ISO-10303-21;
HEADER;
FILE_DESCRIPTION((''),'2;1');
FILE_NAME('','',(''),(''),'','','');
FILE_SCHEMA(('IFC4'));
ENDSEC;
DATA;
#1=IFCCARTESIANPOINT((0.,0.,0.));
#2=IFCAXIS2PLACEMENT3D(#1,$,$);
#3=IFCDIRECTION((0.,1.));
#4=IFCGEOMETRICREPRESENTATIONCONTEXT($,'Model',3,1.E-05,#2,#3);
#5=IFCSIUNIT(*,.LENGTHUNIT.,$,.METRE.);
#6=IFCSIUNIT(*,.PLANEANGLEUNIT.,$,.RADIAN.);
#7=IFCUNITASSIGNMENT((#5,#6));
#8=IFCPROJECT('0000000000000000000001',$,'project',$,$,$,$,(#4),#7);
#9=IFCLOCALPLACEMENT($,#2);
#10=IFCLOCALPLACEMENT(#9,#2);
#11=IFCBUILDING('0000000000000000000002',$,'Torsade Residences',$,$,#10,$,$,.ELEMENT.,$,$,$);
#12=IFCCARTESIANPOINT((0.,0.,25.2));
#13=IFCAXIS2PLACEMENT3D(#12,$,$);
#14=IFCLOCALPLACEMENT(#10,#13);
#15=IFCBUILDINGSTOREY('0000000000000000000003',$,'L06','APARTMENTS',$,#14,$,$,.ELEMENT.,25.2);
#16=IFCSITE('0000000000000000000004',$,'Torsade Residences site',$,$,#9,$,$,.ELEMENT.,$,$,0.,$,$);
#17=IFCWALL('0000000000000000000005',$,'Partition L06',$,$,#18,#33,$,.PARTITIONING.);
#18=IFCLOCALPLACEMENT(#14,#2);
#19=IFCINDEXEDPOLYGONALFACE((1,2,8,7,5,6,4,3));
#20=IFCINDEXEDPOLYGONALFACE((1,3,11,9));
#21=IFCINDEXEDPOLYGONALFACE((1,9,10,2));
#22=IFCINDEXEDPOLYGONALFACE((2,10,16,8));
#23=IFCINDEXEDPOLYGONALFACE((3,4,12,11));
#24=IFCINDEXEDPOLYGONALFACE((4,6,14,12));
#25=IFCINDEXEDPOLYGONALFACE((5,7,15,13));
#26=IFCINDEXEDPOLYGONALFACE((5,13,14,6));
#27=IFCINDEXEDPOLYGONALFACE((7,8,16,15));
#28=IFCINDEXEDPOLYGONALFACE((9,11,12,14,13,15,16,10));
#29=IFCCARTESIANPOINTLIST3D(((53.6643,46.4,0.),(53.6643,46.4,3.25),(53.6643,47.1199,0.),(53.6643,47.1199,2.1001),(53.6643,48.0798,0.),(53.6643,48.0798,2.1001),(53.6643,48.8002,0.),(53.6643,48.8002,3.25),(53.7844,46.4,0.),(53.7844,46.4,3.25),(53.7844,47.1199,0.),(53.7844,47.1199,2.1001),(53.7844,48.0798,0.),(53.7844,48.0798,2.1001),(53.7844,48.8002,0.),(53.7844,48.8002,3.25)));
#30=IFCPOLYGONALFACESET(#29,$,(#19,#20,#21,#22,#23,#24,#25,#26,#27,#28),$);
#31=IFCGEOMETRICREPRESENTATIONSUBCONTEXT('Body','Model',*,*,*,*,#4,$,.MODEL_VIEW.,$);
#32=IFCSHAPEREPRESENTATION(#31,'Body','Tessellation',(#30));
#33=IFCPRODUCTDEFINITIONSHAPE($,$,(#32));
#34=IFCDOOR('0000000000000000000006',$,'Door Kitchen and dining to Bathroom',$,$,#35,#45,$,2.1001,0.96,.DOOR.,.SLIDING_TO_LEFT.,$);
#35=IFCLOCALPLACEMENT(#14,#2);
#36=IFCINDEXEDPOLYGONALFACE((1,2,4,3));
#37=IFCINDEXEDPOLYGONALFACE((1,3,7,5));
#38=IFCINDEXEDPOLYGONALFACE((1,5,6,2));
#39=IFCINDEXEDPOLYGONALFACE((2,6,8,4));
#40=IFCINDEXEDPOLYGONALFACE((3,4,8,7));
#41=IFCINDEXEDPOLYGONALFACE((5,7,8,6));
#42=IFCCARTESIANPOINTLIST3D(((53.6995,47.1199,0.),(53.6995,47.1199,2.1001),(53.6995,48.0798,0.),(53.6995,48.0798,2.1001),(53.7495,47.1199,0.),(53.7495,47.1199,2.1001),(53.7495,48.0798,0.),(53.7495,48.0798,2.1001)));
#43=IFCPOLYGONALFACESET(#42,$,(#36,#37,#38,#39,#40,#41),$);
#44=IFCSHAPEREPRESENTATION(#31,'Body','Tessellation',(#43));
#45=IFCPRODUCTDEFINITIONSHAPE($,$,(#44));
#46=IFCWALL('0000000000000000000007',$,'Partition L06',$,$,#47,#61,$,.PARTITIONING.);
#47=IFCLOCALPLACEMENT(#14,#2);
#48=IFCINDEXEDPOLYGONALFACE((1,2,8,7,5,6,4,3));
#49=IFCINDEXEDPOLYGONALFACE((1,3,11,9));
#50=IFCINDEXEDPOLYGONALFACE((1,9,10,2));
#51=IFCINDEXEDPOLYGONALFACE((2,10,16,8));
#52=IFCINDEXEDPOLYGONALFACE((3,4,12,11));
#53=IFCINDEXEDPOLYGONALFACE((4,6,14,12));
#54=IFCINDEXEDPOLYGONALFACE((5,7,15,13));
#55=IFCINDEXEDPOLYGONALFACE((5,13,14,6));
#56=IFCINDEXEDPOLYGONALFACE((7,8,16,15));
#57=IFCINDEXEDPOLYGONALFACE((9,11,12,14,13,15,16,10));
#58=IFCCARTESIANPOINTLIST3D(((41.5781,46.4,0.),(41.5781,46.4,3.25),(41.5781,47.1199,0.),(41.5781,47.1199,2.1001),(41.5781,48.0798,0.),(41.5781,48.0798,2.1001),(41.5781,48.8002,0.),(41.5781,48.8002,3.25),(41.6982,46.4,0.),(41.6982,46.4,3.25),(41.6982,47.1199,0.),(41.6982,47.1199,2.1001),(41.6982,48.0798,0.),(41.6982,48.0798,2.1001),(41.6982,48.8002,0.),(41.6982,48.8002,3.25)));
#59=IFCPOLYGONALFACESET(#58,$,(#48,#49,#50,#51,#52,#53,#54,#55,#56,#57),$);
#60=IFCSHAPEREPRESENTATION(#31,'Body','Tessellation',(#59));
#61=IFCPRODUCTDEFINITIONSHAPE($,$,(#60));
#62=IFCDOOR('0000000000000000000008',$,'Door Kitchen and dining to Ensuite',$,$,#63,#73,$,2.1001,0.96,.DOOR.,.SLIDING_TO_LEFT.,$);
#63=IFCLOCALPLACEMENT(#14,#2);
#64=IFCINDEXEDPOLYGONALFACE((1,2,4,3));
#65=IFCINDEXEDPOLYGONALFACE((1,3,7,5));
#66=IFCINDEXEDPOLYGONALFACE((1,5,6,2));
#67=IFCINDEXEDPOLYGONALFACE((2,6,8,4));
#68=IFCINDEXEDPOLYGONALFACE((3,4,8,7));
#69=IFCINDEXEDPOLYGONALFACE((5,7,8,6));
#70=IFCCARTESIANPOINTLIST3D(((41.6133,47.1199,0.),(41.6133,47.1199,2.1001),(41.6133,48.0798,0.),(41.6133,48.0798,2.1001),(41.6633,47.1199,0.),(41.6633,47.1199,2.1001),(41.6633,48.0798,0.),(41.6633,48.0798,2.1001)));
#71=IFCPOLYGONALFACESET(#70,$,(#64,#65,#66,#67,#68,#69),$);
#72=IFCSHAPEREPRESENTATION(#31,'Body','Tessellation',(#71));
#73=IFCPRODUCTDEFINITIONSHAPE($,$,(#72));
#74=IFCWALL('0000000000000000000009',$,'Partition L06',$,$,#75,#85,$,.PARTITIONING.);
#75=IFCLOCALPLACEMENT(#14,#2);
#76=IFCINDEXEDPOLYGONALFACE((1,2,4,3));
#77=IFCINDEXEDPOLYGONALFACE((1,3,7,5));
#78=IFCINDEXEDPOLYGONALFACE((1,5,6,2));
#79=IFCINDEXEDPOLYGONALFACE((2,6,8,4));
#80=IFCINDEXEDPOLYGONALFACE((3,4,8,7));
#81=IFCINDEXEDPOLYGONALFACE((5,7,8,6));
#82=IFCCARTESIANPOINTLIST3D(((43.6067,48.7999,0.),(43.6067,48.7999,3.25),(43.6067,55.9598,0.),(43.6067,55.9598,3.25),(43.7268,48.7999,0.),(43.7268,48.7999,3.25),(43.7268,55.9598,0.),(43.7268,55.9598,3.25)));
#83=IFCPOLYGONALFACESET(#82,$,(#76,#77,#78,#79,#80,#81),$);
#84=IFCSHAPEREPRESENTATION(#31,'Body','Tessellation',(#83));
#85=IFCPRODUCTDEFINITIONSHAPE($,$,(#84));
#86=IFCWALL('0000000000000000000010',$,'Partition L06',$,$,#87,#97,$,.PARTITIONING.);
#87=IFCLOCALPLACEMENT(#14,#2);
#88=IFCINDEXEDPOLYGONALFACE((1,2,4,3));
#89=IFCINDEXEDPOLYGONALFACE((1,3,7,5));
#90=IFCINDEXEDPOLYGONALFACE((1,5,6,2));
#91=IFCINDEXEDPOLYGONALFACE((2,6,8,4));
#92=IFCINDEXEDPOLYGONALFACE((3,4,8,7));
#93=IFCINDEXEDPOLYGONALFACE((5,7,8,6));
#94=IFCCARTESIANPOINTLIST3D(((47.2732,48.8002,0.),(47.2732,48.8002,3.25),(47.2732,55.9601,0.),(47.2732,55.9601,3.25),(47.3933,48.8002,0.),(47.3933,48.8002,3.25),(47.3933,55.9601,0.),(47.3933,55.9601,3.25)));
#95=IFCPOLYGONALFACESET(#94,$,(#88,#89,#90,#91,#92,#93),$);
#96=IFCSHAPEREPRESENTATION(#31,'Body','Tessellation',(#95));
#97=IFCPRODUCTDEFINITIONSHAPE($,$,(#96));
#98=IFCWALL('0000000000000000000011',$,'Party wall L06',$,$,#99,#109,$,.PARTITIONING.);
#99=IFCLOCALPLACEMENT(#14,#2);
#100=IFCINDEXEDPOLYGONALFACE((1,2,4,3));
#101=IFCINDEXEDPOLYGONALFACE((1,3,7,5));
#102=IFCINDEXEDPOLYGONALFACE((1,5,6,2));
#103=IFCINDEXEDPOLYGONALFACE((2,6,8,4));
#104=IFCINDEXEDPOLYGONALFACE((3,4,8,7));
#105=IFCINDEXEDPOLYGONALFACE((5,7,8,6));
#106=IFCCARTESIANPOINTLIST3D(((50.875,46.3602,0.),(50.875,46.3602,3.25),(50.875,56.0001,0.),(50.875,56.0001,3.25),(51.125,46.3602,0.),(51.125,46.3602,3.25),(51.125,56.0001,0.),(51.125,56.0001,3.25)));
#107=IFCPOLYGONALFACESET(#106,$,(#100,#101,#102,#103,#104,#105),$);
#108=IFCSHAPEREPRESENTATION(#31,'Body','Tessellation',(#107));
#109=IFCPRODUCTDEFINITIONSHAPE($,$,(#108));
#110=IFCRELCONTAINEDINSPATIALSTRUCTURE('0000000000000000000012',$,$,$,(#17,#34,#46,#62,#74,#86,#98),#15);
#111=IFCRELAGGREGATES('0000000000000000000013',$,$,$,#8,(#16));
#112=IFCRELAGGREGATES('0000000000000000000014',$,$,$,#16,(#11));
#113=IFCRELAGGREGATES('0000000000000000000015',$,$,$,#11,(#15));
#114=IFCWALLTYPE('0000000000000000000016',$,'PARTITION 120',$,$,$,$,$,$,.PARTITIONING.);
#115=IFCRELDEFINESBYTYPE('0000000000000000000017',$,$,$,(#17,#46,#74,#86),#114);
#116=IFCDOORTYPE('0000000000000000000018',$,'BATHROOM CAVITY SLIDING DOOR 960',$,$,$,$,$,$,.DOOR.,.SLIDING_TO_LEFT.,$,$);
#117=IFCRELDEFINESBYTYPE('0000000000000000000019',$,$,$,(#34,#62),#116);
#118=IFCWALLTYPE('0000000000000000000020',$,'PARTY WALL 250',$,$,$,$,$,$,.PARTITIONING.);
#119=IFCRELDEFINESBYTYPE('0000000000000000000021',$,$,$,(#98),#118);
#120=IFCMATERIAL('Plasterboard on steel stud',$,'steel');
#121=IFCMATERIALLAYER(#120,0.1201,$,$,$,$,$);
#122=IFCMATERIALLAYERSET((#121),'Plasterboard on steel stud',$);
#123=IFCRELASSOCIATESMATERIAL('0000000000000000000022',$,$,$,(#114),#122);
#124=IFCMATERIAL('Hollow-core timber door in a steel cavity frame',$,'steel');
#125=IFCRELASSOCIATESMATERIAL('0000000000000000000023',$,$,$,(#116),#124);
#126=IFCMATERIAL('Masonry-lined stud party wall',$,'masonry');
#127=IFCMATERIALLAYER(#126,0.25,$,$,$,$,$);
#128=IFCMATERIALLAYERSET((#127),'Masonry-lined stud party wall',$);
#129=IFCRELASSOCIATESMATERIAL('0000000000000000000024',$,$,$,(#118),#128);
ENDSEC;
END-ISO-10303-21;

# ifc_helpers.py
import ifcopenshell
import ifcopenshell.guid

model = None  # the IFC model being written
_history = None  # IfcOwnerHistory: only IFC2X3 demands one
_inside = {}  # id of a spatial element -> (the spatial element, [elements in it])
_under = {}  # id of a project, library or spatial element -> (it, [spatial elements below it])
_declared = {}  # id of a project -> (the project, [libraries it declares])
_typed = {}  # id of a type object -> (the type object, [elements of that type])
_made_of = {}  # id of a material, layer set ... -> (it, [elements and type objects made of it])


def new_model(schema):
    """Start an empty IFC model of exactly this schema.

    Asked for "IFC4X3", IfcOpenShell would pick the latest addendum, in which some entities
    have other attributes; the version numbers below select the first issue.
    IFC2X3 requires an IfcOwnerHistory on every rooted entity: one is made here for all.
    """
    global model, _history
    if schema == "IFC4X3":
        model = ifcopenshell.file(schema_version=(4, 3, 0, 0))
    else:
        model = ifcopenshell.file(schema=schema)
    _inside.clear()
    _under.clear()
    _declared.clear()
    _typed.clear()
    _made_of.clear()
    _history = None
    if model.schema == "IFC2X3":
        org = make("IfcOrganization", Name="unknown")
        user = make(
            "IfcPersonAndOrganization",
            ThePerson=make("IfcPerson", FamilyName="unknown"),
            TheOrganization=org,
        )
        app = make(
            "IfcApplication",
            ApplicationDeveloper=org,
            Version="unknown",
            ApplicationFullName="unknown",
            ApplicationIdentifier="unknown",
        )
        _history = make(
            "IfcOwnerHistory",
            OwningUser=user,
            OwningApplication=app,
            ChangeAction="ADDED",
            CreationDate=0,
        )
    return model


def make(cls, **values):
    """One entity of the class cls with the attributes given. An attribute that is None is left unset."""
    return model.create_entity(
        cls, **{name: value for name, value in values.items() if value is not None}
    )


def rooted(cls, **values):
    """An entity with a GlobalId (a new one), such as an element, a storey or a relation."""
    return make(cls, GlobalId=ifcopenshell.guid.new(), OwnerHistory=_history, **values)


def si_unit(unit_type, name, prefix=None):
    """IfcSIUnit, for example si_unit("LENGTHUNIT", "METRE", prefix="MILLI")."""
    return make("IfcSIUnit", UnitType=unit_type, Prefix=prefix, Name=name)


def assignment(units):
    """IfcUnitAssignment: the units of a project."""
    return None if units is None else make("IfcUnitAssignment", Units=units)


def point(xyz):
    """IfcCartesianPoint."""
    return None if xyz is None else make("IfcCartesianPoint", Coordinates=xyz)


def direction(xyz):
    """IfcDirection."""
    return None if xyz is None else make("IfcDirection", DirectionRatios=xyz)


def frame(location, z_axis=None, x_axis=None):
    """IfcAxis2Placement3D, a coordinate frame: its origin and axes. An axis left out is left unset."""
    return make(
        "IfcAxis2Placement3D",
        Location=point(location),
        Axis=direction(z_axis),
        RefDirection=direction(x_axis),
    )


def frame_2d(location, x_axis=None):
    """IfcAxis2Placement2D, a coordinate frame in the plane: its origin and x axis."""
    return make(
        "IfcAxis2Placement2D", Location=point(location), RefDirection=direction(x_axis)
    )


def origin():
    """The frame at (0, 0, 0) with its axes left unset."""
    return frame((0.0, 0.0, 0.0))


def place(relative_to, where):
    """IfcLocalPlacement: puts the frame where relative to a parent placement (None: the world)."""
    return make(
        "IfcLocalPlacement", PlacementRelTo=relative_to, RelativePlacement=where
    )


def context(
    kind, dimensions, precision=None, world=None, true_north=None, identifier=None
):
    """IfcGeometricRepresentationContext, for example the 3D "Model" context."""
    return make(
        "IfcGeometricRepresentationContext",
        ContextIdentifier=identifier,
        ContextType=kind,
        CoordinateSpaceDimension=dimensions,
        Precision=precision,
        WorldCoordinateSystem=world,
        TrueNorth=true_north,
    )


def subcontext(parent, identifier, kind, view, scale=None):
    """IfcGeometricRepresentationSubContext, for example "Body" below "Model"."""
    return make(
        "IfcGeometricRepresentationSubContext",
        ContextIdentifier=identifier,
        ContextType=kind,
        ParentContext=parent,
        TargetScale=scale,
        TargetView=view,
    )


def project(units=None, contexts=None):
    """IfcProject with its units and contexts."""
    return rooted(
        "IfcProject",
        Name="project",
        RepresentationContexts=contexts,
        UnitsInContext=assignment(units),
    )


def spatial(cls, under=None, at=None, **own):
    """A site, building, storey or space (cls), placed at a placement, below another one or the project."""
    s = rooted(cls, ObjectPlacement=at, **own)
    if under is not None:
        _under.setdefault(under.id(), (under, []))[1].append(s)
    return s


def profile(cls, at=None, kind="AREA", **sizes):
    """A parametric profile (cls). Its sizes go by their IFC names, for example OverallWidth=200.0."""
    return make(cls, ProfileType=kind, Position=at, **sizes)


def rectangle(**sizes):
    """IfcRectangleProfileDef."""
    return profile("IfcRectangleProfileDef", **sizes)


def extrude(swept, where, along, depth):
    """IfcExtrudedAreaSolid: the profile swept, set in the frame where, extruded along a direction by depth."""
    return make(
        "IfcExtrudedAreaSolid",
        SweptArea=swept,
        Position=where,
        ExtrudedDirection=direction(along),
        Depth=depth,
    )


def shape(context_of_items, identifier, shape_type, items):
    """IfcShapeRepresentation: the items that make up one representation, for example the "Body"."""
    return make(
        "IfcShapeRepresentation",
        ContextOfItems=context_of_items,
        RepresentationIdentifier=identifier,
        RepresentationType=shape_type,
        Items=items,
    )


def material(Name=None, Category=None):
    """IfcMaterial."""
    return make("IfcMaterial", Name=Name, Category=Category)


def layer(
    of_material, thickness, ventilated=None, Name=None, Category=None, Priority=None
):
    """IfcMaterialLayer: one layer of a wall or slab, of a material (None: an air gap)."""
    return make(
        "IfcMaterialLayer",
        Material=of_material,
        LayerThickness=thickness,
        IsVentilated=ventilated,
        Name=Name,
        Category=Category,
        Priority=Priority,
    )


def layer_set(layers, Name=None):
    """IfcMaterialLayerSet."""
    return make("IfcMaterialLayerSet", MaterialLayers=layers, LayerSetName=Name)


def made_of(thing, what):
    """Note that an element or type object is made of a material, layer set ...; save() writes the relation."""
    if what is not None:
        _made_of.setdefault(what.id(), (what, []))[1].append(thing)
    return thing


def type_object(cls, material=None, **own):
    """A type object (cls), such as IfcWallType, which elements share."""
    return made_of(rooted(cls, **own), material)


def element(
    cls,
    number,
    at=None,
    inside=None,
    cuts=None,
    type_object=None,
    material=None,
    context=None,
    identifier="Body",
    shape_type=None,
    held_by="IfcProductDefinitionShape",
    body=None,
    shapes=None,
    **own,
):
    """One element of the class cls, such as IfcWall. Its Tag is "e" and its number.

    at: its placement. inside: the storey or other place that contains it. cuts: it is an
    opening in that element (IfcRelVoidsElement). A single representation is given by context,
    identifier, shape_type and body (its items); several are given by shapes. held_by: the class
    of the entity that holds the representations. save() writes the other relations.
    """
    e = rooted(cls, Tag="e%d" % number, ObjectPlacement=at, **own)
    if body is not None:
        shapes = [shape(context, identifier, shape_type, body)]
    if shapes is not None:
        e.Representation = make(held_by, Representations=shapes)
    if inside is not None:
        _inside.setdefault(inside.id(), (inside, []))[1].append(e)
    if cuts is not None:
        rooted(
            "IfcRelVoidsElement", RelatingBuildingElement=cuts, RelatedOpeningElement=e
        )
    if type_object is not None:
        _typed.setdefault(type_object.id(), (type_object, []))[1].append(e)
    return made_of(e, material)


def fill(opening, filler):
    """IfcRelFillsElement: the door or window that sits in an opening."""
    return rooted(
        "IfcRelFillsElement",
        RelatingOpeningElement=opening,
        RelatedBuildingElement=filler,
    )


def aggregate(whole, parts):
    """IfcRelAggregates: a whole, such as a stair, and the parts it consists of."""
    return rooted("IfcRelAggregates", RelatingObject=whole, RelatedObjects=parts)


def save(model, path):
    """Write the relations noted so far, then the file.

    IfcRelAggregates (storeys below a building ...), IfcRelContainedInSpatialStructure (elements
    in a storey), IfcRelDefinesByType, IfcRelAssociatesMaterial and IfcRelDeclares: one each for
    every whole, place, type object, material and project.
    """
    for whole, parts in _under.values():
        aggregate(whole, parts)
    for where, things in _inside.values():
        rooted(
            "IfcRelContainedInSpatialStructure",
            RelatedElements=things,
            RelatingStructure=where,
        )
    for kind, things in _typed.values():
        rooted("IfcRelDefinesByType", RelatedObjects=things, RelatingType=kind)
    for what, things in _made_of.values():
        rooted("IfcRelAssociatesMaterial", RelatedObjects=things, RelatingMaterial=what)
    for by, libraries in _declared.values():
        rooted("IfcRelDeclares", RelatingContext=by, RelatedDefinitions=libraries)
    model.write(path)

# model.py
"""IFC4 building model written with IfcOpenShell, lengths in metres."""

from ifc_helpers import new_model, si_unit, direction, frame, frame_2d, origin, place, context, subcontext, project, spatial, rectangle, extrude, material, layer, layer_set, type_object, element, fill, save


model = new_model("IFC4")

# Units and contexts
model_context = context("Model", 3, precision=1e-05, world=origin(), true_north=direction((0.0, 1.0)))
body_context = subcontext(model_context, "Body", "Model", "MODEL_VIEW")
ifc_project = project(units=[si_unit("LENGTHUNIT", "METRE"), si_unit("PLANEANGLEUNIT", "RADIAN")], contexts=[model_context])

# Site, building, storey
site_placement = place(None, origin())
site = spatial("IfcSite", under=ifc_project, at=site_placement, Name="Torsade Residences site", CompositionType="ELEMENT", RefElevation=0.0)
building_placement = place(site_placement, origin())
building = spatial("IfcBuilding", under=site, at=building_placement, Name="Torsade Residences", CompositionType="ELEMENT")
storey_placement = place(building_placement, frame((0.0, 0.0, 25.2)))
storey = spatial("IfcBuildingStorey", under=building, at=storey_placement, Name="L06", Description="APARTMENTS", CompositionType="ELEMENT", Elevation=25.2)

# Walls, openings, doors
ifc_material_1 = material(Name="Plasterboard on steel stud", Category="steel")
ifc_layer_1 = layer(ifc_material_1, 0.1201)
ifc_layer_set_1 = layer_set([ifc_layer_1], Name="Plasterboard on steel stud")
wall_type_1 = type_object("IfcWallType", Name="PARTITION 120", PredefinedType="PARTITIONING", material=ifc_layer_set_1)
wall_1_placement = place(storey_placement, frame((53.7244, 46.3999, 0.0), z_axis=(0.0, 0.0, 1.0), x_axis=(0.0, 1.0, 0.0)))
wall_1 = element("IfcWall", 1, at=wall_1_placement, inside=storey, type_object=wall_type_1, Name="Partition L06", PredefinedType="PARTITIONING", context=body_context, shape_type="SweptSolid", body=[
    extrude(rectangle(XDim=2.4001, YDim=0.1201, at=frame_2d((1.2002, 0.0))), origin(), (0.0, 0.0, 1.0), 3.25),
])
opening_1_placement = place(wall_1_placement, frame((0.72, 0.0, 0.0)))
opening_1 = element("IfcOpeningElement", 2, at=opening_1_placement, cuts=wall_1, PredefinedType="OPENING", context=body_context, shape_type="SweptSolid", body=[
    extrude(rectangle(XDim=0.96, YDim=2.1001, at=frame_2d((0.48, 1.05))), frame((0.0, 0.0701, 0.0), z_axis=(0.0, -1.0, 0.0), x_axis=(1.0, 0.0, 0.0)), (0.0, 0.0, 1.0), 0.1401),
])
ifc_material_2 = material(Name="Hollow-core timber door in a steel cavity frame", Category="steel")
door_type_1 = type_object("IfcDoorType", Name="BATHROOM CAVITY SLIDING DOOR 960", OperationType="SLIDING_TO_LEFT", PredefinedType="DOOR", material=ifc_material_2)
door_1_placement = place(opening_1_placement, origin())
door_1 = element("IfcDoor", 3, at=door_1_placement, inside=storey, type_object=door_type_1, Name="Door Kitchen and dining to Bathroom", OperationType="SLIDING_TO_LEFT", OverallHeight=2.1001, OverallWidth=0.96, PredefinedType="DOOR", context=body_context, shape_type="SweptSolid", body=[
    extrude(rectangle(XDim=0.96, YDim=2.1001, at=frame_2d((0.48, 1.05))), frame((0.0, 0.0249, 0.0), z_axis=(0.0, -1.0, 0.0), x_axis=(1.0, 0.0, 0.0)), (0.0, 0.0, 1.0), 0.05),
])
fill(opening_1, door_1)
wall_2_placement = place(storey_placement, frame((41.6382, 46.3999, 0.0), z_axis=(0.0, 0.0, 1.0), x_axis=(0.0, 1.0, 0.0)))
wall_2 = element("IfcWall", 4, at=wall_2_placement, inside=storey, type_object=wall_type_1, Name="Partition L06", PredefinedType="PARTITIONING", context=body_context, shape_type="SweptSolid", body=[
    extrude(rectangle(XDim=2.4001, YDim=0.1201, at=frame_2d((1.2002, 0.0))), origin(), (0.0, 0.0, 1.0), 3.25),
])
opening_2_placement = place(wall_2_placement, frame((0.72, 0.0, 0.0)))
opening_2 = element("IfcOpeningElement", 5, at=opening_2_placement, cuts=wall_2, PredefinedType="OPENING", context=body_context, shape_type="SweptSolid", body=[
    extrude(rectangle(XDim=0.96, YDim=2.1001, at=frame_2d((0.48, 1.05))), frame((0.0, 0.0701, 0.0), z_axis=(0.0, -1.0, 0.0), x_axis=(1.0, 0.0, 0.0)), (0.0, 0.0, 1.0), 0.1401),
])
door_2_placement = place(opening_2_placement, origin())
door_2 = element("IfcDoor", 6, at=door_2_placement, inside=storey, type_object=door_type_1, Name="Door Kitchen and dining to Ensuite", OperationType="SLIDING_TO_LEFT", OverallHeight=2.1001, OverallWidth=0.96, PredefinedType="DOOR", context=body_context, shape_type="SweptSolid", body=[
    extrude(rectangle(XDim=0.96, YDim=2.1001, at=frame_2d((0.48, 1.05))), frame((0.0, 0.0249, 0.0), z_axis=(0.0, -1.0, 0.0), x_axis=(1.0, 0.0, 0.0)), (0.0, 0.0, 1.0), 0.05),
])
fill(opening_2, door_2)

# Walls
for number, where, z_axis, x_axis, name in (
    (7, (43.6667, 55.96, 0.0), (0.0, 0.0, 1.0), (0.0, -1.0, 0.0), "Partition L06"),
    (8, (47.3333, 48.8, 0.0), (0.0, 0.0, 1.0), (0.0, 1.0, 0.0), "Partition L06"),
):
    element("IfcWall", number, at=place(storey_placement, frame(where, z_axis=z_axis, x_axis=x_axis)), inside=storey, type_object=wall_type_1, Name=name, PredefinedType="PARTITIONING", context=body_context, shape_type="SweptSolid", body=[
        extrude(rectangle(XDim=7.1599, YDim=0.1201, at=frame_2d((3.5801, 0.0))), origin(), (0.0, 0.0, 1.0), 3.25),
    ])
ifc_material_3 = material(Name="Masonry-lined stud party wall", Category="masonry")
ifc_layer_2 = layer(ifc_material_3, 0.25)
ifc_layer_set_2 = layer_set([ifc_layer_2], Name="Masonry-lined stud party wall")
wall_type_2 = type_object("IfcWallType", Name="PARTY WALL 250", PredefinedType="PARTITIONING", material=ifc_layer_set_2)
wall_3_placement = place(storey_placement, frame((51.0, 56.0, 0.0), z_axis=(0.0, 0.0, 1.0), x_axis=(0.0, -1.0, 0.0)))
element("IfcWall", 9, at=wall_3_placement, inside=storey, type_object=wall_type_2, Name="Party wall L06", PredefinedType="PARTITIONING", context=body_context, shape_type="SweptSolid", body=[
    extrude(rectangle(XDim=9.6399, YDim=0.25, at=frame_2d((4.8198, 0.0))), origin(), (0.0, 0.0, 1.0), 3.25),
])

save(model, "model.ifc")
